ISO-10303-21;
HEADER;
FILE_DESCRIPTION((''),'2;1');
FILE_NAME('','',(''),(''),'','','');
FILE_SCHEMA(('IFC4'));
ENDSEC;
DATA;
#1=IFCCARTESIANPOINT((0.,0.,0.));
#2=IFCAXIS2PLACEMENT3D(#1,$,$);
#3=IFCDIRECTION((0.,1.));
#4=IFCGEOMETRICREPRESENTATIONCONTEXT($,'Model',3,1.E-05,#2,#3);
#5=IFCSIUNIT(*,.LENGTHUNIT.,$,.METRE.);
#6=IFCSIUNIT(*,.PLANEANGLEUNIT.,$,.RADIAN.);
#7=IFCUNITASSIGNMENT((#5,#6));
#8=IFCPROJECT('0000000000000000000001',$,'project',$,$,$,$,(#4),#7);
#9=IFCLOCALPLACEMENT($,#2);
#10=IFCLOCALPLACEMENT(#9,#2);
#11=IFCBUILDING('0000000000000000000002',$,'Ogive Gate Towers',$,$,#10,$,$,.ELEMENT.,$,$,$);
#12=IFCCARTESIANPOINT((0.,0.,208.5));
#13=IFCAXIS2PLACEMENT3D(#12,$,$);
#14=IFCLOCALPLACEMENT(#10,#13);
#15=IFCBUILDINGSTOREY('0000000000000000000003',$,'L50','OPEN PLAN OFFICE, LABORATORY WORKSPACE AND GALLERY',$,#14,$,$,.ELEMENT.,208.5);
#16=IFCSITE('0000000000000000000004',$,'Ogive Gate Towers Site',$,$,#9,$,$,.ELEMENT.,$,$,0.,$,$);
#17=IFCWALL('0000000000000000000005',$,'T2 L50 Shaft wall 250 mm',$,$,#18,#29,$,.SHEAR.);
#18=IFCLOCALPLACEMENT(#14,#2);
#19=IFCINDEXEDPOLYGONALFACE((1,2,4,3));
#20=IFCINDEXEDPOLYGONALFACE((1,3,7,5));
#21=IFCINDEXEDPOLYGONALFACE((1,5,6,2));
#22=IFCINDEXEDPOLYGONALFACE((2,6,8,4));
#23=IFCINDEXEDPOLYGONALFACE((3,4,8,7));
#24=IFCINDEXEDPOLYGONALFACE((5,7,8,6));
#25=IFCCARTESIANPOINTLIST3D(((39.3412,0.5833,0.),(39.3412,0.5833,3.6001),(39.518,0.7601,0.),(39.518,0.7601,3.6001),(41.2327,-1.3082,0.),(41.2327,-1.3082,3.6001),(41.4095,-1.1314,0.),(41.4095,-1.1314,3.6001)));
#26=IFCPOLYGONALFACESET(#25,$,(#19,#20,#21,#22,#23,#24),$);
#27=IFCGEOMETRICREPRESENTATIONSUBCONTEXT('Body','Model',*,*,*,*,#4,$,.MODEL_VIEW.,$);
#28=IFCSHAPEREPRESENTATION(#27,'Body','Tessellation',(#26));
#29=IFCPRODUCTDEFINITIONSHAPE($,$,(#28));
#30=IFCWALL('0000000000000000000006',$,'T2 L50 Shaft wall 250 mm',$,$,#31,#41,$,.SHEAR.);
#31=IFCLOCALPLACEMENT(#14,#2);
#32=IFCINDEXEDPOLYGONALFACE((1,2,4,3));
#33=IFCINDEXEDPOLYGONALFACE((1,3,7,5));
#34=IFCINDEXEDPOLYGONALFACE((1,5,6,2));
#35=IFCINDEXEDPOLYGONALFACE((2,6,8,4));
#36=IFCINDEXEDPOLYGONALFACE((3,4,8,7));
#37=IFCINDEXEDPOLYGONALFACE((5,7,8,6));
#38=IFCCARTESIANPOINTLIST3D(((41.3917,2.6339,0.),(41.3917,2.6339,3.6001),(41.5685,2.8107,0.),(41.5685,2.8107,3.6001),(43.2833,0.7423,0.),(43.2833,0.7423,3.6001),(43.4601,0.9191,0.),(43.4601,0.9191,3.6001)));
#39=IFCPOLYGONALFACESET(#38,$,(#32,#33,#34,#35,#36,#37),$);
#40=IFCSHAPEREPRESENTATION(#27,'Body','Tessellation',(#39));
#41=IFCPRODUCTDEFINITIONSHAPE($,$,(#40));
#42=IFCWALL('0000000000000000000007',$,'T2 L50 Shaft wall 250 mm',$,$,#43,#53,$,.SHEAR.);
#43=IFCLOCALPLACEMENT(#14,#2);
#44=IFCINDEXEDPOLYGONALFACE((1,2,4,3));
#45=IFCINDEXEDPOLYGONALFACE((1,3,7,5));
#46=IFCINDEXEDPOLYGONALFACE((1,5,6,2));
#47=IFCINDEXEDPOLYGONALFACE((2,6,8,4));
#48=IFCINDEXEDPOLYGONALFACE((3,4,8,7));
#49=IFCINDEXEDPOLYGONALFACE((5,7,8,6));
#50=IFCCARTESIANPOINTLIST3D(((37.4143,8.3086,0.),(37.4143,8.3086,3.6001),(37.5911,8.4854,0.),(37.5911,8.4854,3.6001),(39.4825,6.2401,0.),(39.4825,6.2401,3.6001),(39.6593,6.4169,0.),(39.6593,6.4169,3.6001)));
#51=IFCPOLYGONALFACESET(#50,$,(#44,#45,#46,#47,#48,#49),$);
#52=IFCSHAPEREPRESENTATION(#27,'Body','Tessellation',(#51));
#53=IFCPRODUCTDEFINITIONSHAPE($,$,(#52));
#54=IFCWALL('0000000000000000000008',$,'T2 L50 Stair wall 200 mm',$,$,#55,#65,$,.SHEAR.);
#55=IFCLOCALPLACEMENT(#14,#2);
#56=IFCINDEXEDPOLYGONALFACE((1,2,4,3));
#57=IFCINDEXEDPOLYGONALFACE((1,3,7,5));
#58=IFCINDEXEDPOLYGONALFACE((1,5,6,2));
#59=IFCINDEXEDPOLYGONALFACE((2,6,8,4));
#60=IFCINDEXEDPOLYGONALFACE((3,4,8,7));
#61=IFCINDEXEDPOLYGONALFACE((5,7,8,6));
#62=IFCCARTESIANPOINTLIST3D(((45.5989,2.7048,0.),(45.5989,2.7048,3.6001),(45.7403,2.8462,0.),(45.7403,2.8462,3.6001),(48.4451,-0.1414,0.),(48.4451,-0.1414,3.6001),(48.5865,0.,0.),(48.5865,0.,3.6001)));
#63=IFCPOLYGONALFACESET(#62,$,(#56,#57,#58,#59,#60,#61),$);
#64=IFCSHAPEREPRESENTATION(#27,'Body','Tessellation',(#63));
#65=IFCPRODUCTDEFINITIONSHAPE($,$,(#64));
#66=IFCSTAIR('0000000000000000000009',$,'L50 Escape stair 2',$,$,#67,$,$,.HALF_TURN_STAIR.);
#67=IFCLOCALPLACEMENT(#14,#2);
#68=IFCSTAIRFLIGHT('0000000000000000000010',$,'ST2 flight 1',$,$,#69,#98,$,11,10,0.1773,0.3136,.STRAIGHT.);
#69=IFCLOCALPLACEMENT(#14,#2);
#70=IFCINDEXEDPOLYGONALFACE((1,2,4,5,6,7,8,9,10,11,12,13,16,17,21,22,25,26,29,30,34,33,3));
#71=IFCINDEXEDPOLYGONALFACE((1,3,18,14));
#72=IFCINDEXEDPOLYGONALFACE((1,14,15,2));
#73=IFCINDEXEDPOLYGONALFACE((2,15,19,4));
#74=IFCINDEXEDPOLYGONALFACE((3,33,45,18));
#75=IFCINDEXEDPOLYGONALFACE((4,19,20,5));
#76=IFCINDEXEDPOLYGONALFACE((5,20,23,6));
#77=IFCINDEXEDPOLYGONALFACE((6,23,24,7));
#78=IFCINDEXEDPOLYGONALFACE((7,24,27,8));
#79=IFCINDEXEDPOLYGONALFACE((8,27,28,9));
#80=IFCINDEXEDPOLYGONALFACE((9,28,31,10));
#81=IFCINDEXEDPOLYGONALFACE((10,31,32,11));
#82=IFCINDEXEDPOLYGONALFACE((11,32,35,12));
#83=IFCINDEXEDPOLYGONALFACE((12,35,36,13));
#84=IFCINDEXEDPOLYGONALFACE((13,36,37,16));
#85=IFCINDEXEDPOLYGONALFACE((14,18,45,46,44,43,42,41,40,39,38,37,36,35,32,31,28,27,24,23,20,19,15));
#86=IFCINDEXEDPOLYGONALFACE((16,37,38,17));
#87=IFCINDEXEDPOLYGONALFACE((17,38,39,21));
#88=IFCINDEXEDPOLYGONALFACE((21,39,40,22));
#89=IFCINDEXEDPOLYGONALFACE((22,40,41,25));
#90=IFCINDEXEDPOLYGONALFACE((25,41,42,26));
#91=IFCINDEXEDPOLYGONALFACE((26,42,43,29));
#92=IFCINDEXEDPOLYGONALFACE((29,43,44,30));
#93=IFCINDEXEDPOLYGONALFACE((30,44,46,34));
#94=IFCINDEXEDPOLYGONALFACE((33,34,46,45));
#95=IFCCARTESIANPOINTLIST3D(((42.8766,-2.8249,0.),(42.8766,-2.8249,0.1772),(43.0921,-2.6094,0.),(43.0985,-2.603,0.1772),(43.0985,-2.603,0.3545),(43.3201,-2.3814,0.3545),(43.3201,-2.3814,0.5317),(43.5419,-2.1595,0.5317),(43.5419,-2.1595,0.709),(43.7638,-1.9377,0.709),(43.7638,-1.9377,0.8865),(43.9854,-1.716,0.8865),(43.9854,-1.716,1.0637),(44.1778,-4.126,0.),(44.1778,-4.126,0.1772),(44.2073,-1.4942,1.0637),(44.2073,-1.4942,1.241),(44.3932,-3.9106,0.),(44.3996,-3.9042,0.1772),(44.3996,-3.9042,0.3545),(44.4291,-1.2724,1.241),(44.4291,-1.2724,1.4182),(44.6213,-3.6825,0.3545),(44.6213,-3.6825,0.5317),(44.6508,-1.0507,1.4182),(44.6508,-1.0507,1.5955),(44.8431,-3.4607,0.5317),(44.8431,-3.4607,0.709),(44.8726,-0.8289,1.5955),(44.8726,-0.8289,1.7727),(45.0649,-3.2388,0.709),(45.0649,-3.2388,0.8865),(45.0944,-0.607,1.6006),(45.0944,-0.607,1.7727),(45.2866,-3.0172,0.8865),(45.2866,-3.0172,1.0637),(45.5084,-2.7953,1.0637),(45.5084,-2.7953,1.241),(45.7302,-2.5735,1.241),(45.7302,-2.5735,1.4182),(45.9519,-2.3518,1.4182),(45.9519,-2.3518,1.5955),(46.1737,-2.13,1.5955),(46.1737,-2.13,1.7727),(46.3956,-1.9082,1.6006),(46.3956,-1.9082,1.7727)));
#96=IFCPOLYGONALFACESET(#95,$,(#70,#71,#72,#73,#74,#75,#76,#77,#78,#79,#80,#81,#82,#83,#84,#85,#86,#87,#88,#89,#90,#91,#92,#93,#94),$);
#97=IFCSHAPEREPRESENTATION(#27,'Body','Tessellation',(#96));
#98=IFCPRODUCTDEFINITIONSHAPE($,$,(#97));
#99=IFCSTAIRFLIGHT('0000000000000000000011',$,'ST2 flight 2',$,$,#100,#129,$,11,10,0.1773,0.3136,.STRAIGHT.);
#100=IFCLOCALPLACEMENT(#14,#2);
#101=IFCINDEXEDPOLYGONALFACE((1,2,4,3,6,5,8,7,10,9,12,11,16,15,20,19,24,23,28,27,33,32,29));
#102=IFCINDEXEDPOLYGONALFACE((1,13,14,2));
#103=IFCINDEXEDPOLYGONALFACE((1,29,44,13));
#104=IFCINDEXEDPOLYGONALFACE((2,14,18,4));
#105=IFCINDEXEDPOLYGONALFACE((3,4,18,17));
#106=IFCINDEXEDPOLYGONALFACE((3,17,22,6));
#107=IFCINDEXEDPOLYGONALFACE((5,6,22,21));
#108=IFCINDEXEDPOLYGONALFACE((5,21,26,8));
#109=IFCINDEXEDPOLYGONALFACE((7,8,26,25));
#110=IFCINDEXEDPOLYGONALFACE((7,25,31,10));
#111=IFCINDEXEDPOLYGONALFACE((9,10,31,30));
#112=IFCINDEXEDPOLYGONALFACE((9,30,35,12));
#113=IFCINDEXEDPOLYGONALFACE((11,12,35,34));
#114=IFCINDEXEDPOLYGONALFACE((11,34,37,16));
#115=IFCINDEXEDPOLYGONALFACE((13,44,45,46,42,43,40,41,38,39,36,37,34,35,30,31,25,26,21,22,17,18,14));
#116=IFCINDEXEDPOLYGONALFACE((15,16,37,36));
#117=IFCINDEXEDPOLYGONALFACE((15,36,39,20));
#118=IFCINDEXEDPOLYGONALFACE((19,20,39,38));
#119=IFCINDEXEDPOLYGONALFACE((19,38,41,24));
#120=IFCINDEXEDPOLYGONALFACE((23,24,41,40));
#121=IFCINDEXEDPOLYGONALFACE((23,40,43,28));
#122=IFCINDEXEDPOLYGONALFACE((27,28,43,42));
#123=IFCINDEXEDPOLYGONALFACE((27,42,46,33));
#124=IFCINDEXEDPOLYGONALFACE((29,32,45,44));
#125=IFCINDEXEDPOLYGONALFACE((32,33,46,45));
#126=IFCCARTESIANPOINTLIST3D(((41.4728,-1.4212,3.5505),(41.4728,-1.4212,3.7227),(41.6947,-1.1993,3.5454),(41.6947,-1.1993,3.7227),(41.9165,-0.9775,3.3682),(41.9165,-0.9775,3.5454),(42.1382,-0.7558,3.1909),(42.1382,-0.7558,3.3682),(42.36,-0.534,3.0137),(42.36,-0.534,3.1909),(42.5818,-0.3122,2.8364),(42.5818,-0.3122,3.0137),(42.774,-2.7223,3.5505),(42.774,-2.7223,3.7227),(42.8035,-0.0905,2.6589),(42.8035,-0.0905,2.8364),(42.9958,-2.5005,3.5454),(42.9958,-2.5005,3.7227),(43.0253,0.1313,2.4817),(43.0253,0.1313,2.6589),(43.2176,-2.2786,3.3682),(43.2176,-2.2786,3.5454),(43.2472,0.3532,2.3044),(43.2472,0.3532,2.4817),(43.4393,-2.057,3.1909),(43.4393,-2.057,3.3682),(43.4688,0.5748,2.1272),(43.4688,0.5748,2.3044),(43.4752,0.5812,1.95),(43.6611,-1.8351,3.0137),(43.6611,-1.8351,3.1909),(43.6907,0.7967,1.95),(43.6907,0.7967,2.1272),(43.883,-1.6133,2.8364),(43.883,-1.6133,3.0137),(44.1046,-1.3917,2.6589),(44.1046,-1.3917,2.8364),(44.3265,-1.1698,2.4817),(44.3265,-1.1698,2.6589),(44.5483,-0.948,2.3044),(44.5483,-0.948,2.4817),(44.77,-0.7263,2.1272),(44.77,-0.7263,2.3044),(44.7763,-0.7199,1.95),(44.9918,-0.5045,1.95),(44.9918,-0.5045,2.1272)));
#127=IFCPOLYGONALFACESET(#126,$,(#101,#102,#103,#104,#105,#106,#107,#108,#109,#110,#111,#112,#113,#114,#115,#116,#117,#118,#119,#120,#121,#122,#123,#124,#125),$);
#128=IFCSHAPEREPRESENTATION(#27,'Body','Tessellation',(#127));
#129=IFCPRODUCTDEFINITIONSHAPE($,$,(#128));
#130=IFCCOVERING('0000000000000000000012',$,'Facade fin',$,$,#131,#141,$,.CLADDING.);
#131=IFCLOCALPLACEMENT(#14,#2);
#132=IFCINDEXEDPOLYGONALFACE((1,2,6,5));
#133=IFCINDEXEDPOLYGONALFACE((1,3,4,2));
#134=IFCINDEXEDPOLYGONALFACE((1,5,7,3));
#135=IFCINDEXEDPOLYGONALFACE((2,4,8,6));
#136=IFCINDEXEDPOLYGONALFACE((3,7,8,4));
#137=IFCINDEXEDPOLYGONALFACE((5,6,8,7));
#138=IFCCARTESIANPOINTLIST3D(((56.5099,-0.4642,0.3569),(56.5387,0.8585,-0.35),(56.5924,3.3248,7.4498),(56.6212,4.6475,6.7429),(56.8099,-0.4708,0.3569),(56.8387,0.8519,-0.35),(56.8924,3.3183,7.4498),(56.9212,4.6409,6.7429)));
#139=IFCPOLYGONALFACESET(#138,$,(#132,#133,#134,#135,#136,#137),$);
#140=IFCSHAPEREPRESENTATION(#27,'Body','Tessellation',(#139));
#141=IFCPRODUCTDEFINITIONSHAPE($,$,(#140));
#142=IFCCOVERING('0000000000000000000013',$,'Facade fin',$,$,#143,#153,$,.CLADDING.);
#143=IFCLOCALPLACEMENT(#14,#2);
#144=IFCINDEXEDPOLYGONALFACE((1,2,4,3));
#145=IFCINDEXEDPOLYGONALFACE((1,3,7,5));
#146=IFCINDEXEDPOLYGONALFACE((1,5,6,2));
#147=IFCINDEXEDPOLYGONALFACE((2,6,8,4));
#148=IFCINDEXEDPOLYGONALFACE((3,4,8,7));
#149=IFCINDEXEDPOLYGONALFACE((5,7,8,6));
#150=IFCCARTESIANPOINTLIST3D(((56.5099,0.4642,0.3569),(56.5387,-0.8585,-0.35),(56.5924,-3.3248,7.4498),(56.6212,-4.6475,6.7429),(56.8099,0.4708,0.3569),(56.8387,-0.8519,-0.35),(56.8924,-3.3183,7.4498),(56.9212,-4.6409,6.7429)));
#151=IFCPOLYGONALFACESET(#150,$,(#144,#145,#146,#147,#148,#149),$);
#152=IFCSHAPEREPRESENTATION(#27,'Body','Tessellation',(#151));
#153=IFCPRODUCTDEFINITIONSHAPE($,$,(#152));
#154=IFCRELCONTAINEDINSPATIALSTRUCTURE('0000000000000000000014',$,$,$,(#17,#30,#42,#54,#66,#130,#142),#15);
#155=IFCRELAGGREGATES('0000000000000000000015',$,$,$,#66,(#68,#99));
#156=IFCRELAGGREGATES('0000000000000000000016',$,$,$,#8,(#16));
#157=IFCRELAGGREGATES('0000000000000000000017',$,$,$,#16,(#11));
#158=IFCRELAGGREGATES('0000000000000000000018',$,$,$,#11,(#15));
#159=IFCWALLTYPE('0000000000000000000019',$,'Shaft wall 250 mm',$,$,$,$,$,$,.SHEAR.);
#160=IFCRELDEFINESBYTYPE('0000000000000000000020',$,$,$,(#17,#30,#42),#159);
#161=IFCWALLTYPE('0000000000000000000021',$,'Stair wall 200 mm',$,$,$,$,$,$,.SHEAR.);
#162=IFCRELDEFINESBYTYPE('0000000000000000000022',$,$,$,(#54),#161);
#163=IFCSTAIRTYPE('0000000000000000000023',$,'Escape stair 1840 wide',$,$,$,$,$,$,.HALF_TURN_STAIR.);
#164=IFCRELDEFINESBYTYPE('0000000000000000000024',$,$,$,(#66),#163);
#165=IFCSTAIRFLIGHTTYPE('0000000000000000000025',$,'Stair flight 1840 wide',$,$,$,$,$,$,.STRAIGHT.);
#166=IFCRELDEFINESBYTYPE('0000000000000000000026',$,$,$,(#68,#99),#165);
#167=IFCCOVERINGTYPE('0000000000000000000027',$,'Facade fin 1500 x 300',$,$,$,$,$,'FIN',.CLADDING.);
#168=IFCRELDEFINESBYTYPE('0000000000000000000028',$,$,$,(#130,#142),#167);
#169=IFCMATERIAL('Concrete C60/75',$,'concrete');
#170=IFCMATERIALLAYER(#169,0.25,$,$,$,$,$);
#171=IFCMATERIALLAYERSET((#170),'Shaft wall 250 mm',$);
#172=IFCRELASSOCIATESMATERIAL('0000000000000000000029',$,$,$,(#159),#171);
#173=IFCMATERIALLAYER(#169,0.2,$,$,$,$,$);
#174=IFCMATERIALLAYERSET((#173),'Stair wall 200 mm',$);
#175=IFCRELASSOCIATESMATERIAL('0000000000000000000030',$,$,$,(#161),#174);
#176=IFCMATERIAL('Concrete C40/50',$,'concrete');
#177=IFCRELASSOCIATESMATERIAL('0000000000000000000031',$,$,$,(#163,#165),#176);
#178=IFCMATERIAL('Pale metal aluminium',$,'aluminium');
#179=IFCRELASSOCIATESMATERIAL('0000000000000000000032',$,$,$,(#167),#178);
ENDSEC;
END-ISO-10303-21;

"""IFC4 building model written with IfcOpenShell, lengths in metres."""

from ifc_helpers import new_model, si_unit, direction, frame, frame_2d, origin, origin_2d, place, context, subcontext, project, spatial, polyline, rectangle, outline, extrude, material, layer, layer_set, material_profile, profile_set, type_object, element, aggregate, save


model = new_model("IFC4")

# Units and contexts
model_context = context("Model", 3, precision=1e-05, world=origin(), true_north=direction((0.0, 1.0)))
body_context = subcontext(model_context, "Body", "Model", "MODEL_VIEW")
ifc_project = project(units=[si_unit("LENGTHUNIT", "METRE"), si_unit("PLANEANGLEUNIT", "RADIAN")], contexts=[model_context])

# Site, building, storey
site_placement = place(None, origin())
site = spatial("IfcSite", under=ifc_project, at=site_placement, Name="Ogive Gate Towers Site", CompositionType="ELEMENT", RefElevation=0.0)
building_placement = place(site_placement, origin())
building = spatial("IfcBuilding", under=site, at=building_placement, Name="Ogive Gate Towers", CompositionType="ELEMENT")
storey_placement = place(building_placement, frame((0.0, 0.0, 208.5)))
storey = spatial("IfcBuildingStorey", under=building, at=storey_placement, Name="L50", Description="OPEN PLAN OFFICE, LABORATORY WORKSPACE AND GALLERY", CompositionType="ELEMENT", Elevation=208.5)

# Shared definitions
ifc_material_1 = material(Name="Concrete C40/50", Category="concrete")

# Shared definitions
ifc_material_2 = material(Name="Pale metal aluminium", Category="aluminium")

# Shared definitions
ifc_material_3 = material(Name="Concrete C60/75", Category="concrete")

# Walls
ifc_layer_1 = layer(ifc_material_3, 0.25)
ifc_layer_set_1 = layer_set([ifc_layer_1], Name="Shaft wall 250 mm")
wall_type_1 = type_object("IfcWallType", Name="Shaft wall 250 mm", PredefinedType="SHEAR", material=ifc_layer_set_1)
for number, where, z_axis, x_axis, name in (
    (1, (41.321, -1.2197, 0.0), (0.0, 0.0, 1.0), (-0.707107, 0.707107, 0.0), "T2 L50 Shaft wall 250 mm"),
    (2, (43.3716, 0.8308, 0.0), (0.0, 0.0, 1.0), (-0.707107, 0.707107, 0.0), "T2 L50 Shaft wall 250 mm"),
):
    element("IfcWall", number, at=place(storey_placement, frame(where, z_axis=z_axis, x_axis=x_axis)), inside=storey, type_object=wall_type_1, Name=name, PredefinedType="SHEAR", context=body_context, shape_type="SweptSolid", body=[
        extrude(rectangle(XDim=2.675, YDim=0.25, at=frame_2d((1.3374, 0.0))), origin(), (0.0, 0.0, 1.0), 3.6001),
    ])
wall_1_placement = place(storey_placement, frame((39.5708, 6.3286, 0.0), z_axis=(0.0, 0.0, 1.0), x_axis=(-0.707065, 0.707149, 0.0)))
element("IfcWall", 3, at=wall_1_placement, inside=storey, type_object=wall_type_1, Name="T2 L50 Shaft wall 250 mm", PredefinedType="SHEAR", context=body_context, shape_type="SweptSolid", body=[
    extrude(rectangle(XDim=2.925, YDim=0.25, at=frame_2d((1.4624, 0.0))), origin(), (0.0, 0.0, 1.0), 3.6001),
])
ifc_layer_2 = layer(ifc_material_3, 0.2)
ifc_layer_set_2 = layer_set([ifc_layer_2], Name="Stair wall 200 mm")
wall_type_2 = type_object("IfcWallType", Name="Stair wall 200 mm", PredefinedType="SHEAR", material=ifc_layer_set_2)
wall_2_placement = place(storey_placement, frame((48.5159, -0.0708, 0.0), z_axis=(0.0, 0.0, 1.0), x_axis=(-0.707107, 0.707107, 0.0)))
element("IfcWall", 4, at=wall_2_placement, inside=storey, type_object=wall_type_2, Name="T2 L50 Stair wall 200 mm", PredefinedType="SHEAR", context=body_context, shape_type="SweptSolid", body=[
    extrude(rectangle(XDim=4.0251, YDim=0.2, at=frame_2d((2.0127, 0.0))), origin(), (0.0, 0.0, 1.0), 3.6001),
])

# Stair, stair flights
stair_type = type_object("IfcStairType", Name="Escape stair 1840 wide", PredefinedType="HALF_TURN_STAIR", material=ifc_material_1)
stair_placement = place(storey_placement, origin())
stair = element("IfcStair", 5, at=stair_placement, inside=storey, type_object=stair_type, Name="L50 Escape stair 2", PredefinedType="HALF_TURN_STAIR")
stair_flight_type = type_object("IfcStairFlightType", Name="Stair flight 1840 wide", PredefinedType="STRAIGHT", material=ifc_material_1)
stair_flight_1_placement = place(storey_placement, frame((43.5271, -3.4753, 0.0), z_axis=(0.0, 0.0, 1.0), x_axis=(0.707107, 0.707107, 0.0)))
stair_flight_1 = element("IfcStairFlight", 6, at=stair_flight_1_placement, type_object=stair_flight_type, Name="ST2 flight 1", NumberOfRisers=11, NumberOfTreads=10, PredefinedType="STRAIGHT", RiserHeight=0.1773, TreadLength=0.3136, context=body_context, shape_type="SweptSolid", body=[
    extrude(outline(polyline([(0.0, 0.0), (0.0, 0.1772), (0.3137, 0.1772), (0.3137, 0.3545), (0.6272, 0.3545), (0.6272, 0.5317), (0.9409, 0.5317), (0.9409, 0.709), (1.2546, 0.709), (1.2546, 0.8865), (1.5681, 0.8865), (1.5681, 1.0637), (1.8818, 1.0637), (1.8818, 1.241), (2.1956, 1.241), (2.1956, 1.4182), (2.509, 1.4182), (2.509, 1.5955), (2.8228, 1.5955), (2.8228, 1.7727), (3.1365, 1.7727), (3.1365, 1.95), (3.1365, 1.6006), (0.3047, 0.0), (0.0, 0.0)])), frame((0.0, 0.9199, 0.0), z_axis=(0.0, -1.0, 0.0), x_axis=(1.0, 0.0, 0.0)), (0.0, 0.0, 1.0), 1.8401),
])
stair_flight_2_placement = place(storey_placement, frame((44.3413, 0.146, 1.95), z_axis=(0.0, 0.0, 1.0), x_axis=(-0.707107, -0.707107, 0.0)))
stair_flight_2 = element("IfcStairFlight", 7, at=stair_flight_2_placement, type_object=stair_flight_type, Name="ST2 flight 2", NumberOfRisers=11, NumberOfTreads=10, PredefinedType="STRAIGHT", RiserHeight=0.1773, TreadLength=0.3136, context=body_context, shape_type="SweptSolid", body=[
    extrude(outline(polyline([(0.0, 0.0), (0.0, 0.1772), (0.3137, 0.1772), (0.3137, 0.3545), (0.6272, 0.3545), (0.6272, 0.5317), (0.9409, 0.5317), (0.9409, 0.709), (1.2546, 0.709), (1.2546, 0.8865), (1.5681, 0.8865), (1.5681, 1.0637), (1.8818, 1.0637), (1.8818, 1.241), (2.1956, 1.241), (2.1956, 1.4182), (2.509, 1.4182), (2.509, 1.5955), (2.8228, 1.5955), (2.8228, 1.7727), (3.1365, 1.7727), (3.1365, 1.95), (3.1365, 1.6006), (0.3047, 0.0), (0.0, 0.0)])), frame((0.0, 0.9199, 0.0), z_axis=(0.0, -1.0, 0.0), x_axis=(1.0, 0.0, 0.0)), (0.0, 0.0, 1.0), 1.8401),
])
aggregate(stair, [stair_flight_1, stair_flight_2])

# Coverings
ifc_material_profile_1 = material_profile(ifc_material_2, rectangle(XDim=0.3, YDim=1.5, at=origin_2d()), Name="1500 x 300 pale metal aluminium")
ifc_profile_set_1 = profile_set([ifc_material_profile_1], Name="Pale metal aluminium")
covering_type = type_object("IfcCoveringType", Name="Facade fin 1500 x 300", ElementType="FIN", PredefinedType="CLADDING", material=ifc_profile_set_1)
for number, where, z_axis, x_axis, name in (
    (8, (56.6743, 0.1938, 0.0034), (0.010261, 0.471156, 0.88199), (-0.999763, 0.021773, 0.0), "Facade fin"),
    (9, (56.6743, -0.1938, 0.0034), (0.010261, -0.471156, 0.88199), (0.999763, 0.021773, 0.0), "Facade fin"),
):
    element("IfcCovering", number, at=place(storey_placement, frame(where, z_axis=z_axis, x_axis=x_axis)), inside=storey, type_object=covering_type, Name=name, PredefinedType="CLADDING", context=body_context, shape_type="SweptSolid", body=[
        extrude(rectangle(XDim=0.3, YDim=1.5, at=origin_2d()), origin(), (0.0, 0.0, 1.0), 8.042),
    ])

save(model, "model.ifc")
